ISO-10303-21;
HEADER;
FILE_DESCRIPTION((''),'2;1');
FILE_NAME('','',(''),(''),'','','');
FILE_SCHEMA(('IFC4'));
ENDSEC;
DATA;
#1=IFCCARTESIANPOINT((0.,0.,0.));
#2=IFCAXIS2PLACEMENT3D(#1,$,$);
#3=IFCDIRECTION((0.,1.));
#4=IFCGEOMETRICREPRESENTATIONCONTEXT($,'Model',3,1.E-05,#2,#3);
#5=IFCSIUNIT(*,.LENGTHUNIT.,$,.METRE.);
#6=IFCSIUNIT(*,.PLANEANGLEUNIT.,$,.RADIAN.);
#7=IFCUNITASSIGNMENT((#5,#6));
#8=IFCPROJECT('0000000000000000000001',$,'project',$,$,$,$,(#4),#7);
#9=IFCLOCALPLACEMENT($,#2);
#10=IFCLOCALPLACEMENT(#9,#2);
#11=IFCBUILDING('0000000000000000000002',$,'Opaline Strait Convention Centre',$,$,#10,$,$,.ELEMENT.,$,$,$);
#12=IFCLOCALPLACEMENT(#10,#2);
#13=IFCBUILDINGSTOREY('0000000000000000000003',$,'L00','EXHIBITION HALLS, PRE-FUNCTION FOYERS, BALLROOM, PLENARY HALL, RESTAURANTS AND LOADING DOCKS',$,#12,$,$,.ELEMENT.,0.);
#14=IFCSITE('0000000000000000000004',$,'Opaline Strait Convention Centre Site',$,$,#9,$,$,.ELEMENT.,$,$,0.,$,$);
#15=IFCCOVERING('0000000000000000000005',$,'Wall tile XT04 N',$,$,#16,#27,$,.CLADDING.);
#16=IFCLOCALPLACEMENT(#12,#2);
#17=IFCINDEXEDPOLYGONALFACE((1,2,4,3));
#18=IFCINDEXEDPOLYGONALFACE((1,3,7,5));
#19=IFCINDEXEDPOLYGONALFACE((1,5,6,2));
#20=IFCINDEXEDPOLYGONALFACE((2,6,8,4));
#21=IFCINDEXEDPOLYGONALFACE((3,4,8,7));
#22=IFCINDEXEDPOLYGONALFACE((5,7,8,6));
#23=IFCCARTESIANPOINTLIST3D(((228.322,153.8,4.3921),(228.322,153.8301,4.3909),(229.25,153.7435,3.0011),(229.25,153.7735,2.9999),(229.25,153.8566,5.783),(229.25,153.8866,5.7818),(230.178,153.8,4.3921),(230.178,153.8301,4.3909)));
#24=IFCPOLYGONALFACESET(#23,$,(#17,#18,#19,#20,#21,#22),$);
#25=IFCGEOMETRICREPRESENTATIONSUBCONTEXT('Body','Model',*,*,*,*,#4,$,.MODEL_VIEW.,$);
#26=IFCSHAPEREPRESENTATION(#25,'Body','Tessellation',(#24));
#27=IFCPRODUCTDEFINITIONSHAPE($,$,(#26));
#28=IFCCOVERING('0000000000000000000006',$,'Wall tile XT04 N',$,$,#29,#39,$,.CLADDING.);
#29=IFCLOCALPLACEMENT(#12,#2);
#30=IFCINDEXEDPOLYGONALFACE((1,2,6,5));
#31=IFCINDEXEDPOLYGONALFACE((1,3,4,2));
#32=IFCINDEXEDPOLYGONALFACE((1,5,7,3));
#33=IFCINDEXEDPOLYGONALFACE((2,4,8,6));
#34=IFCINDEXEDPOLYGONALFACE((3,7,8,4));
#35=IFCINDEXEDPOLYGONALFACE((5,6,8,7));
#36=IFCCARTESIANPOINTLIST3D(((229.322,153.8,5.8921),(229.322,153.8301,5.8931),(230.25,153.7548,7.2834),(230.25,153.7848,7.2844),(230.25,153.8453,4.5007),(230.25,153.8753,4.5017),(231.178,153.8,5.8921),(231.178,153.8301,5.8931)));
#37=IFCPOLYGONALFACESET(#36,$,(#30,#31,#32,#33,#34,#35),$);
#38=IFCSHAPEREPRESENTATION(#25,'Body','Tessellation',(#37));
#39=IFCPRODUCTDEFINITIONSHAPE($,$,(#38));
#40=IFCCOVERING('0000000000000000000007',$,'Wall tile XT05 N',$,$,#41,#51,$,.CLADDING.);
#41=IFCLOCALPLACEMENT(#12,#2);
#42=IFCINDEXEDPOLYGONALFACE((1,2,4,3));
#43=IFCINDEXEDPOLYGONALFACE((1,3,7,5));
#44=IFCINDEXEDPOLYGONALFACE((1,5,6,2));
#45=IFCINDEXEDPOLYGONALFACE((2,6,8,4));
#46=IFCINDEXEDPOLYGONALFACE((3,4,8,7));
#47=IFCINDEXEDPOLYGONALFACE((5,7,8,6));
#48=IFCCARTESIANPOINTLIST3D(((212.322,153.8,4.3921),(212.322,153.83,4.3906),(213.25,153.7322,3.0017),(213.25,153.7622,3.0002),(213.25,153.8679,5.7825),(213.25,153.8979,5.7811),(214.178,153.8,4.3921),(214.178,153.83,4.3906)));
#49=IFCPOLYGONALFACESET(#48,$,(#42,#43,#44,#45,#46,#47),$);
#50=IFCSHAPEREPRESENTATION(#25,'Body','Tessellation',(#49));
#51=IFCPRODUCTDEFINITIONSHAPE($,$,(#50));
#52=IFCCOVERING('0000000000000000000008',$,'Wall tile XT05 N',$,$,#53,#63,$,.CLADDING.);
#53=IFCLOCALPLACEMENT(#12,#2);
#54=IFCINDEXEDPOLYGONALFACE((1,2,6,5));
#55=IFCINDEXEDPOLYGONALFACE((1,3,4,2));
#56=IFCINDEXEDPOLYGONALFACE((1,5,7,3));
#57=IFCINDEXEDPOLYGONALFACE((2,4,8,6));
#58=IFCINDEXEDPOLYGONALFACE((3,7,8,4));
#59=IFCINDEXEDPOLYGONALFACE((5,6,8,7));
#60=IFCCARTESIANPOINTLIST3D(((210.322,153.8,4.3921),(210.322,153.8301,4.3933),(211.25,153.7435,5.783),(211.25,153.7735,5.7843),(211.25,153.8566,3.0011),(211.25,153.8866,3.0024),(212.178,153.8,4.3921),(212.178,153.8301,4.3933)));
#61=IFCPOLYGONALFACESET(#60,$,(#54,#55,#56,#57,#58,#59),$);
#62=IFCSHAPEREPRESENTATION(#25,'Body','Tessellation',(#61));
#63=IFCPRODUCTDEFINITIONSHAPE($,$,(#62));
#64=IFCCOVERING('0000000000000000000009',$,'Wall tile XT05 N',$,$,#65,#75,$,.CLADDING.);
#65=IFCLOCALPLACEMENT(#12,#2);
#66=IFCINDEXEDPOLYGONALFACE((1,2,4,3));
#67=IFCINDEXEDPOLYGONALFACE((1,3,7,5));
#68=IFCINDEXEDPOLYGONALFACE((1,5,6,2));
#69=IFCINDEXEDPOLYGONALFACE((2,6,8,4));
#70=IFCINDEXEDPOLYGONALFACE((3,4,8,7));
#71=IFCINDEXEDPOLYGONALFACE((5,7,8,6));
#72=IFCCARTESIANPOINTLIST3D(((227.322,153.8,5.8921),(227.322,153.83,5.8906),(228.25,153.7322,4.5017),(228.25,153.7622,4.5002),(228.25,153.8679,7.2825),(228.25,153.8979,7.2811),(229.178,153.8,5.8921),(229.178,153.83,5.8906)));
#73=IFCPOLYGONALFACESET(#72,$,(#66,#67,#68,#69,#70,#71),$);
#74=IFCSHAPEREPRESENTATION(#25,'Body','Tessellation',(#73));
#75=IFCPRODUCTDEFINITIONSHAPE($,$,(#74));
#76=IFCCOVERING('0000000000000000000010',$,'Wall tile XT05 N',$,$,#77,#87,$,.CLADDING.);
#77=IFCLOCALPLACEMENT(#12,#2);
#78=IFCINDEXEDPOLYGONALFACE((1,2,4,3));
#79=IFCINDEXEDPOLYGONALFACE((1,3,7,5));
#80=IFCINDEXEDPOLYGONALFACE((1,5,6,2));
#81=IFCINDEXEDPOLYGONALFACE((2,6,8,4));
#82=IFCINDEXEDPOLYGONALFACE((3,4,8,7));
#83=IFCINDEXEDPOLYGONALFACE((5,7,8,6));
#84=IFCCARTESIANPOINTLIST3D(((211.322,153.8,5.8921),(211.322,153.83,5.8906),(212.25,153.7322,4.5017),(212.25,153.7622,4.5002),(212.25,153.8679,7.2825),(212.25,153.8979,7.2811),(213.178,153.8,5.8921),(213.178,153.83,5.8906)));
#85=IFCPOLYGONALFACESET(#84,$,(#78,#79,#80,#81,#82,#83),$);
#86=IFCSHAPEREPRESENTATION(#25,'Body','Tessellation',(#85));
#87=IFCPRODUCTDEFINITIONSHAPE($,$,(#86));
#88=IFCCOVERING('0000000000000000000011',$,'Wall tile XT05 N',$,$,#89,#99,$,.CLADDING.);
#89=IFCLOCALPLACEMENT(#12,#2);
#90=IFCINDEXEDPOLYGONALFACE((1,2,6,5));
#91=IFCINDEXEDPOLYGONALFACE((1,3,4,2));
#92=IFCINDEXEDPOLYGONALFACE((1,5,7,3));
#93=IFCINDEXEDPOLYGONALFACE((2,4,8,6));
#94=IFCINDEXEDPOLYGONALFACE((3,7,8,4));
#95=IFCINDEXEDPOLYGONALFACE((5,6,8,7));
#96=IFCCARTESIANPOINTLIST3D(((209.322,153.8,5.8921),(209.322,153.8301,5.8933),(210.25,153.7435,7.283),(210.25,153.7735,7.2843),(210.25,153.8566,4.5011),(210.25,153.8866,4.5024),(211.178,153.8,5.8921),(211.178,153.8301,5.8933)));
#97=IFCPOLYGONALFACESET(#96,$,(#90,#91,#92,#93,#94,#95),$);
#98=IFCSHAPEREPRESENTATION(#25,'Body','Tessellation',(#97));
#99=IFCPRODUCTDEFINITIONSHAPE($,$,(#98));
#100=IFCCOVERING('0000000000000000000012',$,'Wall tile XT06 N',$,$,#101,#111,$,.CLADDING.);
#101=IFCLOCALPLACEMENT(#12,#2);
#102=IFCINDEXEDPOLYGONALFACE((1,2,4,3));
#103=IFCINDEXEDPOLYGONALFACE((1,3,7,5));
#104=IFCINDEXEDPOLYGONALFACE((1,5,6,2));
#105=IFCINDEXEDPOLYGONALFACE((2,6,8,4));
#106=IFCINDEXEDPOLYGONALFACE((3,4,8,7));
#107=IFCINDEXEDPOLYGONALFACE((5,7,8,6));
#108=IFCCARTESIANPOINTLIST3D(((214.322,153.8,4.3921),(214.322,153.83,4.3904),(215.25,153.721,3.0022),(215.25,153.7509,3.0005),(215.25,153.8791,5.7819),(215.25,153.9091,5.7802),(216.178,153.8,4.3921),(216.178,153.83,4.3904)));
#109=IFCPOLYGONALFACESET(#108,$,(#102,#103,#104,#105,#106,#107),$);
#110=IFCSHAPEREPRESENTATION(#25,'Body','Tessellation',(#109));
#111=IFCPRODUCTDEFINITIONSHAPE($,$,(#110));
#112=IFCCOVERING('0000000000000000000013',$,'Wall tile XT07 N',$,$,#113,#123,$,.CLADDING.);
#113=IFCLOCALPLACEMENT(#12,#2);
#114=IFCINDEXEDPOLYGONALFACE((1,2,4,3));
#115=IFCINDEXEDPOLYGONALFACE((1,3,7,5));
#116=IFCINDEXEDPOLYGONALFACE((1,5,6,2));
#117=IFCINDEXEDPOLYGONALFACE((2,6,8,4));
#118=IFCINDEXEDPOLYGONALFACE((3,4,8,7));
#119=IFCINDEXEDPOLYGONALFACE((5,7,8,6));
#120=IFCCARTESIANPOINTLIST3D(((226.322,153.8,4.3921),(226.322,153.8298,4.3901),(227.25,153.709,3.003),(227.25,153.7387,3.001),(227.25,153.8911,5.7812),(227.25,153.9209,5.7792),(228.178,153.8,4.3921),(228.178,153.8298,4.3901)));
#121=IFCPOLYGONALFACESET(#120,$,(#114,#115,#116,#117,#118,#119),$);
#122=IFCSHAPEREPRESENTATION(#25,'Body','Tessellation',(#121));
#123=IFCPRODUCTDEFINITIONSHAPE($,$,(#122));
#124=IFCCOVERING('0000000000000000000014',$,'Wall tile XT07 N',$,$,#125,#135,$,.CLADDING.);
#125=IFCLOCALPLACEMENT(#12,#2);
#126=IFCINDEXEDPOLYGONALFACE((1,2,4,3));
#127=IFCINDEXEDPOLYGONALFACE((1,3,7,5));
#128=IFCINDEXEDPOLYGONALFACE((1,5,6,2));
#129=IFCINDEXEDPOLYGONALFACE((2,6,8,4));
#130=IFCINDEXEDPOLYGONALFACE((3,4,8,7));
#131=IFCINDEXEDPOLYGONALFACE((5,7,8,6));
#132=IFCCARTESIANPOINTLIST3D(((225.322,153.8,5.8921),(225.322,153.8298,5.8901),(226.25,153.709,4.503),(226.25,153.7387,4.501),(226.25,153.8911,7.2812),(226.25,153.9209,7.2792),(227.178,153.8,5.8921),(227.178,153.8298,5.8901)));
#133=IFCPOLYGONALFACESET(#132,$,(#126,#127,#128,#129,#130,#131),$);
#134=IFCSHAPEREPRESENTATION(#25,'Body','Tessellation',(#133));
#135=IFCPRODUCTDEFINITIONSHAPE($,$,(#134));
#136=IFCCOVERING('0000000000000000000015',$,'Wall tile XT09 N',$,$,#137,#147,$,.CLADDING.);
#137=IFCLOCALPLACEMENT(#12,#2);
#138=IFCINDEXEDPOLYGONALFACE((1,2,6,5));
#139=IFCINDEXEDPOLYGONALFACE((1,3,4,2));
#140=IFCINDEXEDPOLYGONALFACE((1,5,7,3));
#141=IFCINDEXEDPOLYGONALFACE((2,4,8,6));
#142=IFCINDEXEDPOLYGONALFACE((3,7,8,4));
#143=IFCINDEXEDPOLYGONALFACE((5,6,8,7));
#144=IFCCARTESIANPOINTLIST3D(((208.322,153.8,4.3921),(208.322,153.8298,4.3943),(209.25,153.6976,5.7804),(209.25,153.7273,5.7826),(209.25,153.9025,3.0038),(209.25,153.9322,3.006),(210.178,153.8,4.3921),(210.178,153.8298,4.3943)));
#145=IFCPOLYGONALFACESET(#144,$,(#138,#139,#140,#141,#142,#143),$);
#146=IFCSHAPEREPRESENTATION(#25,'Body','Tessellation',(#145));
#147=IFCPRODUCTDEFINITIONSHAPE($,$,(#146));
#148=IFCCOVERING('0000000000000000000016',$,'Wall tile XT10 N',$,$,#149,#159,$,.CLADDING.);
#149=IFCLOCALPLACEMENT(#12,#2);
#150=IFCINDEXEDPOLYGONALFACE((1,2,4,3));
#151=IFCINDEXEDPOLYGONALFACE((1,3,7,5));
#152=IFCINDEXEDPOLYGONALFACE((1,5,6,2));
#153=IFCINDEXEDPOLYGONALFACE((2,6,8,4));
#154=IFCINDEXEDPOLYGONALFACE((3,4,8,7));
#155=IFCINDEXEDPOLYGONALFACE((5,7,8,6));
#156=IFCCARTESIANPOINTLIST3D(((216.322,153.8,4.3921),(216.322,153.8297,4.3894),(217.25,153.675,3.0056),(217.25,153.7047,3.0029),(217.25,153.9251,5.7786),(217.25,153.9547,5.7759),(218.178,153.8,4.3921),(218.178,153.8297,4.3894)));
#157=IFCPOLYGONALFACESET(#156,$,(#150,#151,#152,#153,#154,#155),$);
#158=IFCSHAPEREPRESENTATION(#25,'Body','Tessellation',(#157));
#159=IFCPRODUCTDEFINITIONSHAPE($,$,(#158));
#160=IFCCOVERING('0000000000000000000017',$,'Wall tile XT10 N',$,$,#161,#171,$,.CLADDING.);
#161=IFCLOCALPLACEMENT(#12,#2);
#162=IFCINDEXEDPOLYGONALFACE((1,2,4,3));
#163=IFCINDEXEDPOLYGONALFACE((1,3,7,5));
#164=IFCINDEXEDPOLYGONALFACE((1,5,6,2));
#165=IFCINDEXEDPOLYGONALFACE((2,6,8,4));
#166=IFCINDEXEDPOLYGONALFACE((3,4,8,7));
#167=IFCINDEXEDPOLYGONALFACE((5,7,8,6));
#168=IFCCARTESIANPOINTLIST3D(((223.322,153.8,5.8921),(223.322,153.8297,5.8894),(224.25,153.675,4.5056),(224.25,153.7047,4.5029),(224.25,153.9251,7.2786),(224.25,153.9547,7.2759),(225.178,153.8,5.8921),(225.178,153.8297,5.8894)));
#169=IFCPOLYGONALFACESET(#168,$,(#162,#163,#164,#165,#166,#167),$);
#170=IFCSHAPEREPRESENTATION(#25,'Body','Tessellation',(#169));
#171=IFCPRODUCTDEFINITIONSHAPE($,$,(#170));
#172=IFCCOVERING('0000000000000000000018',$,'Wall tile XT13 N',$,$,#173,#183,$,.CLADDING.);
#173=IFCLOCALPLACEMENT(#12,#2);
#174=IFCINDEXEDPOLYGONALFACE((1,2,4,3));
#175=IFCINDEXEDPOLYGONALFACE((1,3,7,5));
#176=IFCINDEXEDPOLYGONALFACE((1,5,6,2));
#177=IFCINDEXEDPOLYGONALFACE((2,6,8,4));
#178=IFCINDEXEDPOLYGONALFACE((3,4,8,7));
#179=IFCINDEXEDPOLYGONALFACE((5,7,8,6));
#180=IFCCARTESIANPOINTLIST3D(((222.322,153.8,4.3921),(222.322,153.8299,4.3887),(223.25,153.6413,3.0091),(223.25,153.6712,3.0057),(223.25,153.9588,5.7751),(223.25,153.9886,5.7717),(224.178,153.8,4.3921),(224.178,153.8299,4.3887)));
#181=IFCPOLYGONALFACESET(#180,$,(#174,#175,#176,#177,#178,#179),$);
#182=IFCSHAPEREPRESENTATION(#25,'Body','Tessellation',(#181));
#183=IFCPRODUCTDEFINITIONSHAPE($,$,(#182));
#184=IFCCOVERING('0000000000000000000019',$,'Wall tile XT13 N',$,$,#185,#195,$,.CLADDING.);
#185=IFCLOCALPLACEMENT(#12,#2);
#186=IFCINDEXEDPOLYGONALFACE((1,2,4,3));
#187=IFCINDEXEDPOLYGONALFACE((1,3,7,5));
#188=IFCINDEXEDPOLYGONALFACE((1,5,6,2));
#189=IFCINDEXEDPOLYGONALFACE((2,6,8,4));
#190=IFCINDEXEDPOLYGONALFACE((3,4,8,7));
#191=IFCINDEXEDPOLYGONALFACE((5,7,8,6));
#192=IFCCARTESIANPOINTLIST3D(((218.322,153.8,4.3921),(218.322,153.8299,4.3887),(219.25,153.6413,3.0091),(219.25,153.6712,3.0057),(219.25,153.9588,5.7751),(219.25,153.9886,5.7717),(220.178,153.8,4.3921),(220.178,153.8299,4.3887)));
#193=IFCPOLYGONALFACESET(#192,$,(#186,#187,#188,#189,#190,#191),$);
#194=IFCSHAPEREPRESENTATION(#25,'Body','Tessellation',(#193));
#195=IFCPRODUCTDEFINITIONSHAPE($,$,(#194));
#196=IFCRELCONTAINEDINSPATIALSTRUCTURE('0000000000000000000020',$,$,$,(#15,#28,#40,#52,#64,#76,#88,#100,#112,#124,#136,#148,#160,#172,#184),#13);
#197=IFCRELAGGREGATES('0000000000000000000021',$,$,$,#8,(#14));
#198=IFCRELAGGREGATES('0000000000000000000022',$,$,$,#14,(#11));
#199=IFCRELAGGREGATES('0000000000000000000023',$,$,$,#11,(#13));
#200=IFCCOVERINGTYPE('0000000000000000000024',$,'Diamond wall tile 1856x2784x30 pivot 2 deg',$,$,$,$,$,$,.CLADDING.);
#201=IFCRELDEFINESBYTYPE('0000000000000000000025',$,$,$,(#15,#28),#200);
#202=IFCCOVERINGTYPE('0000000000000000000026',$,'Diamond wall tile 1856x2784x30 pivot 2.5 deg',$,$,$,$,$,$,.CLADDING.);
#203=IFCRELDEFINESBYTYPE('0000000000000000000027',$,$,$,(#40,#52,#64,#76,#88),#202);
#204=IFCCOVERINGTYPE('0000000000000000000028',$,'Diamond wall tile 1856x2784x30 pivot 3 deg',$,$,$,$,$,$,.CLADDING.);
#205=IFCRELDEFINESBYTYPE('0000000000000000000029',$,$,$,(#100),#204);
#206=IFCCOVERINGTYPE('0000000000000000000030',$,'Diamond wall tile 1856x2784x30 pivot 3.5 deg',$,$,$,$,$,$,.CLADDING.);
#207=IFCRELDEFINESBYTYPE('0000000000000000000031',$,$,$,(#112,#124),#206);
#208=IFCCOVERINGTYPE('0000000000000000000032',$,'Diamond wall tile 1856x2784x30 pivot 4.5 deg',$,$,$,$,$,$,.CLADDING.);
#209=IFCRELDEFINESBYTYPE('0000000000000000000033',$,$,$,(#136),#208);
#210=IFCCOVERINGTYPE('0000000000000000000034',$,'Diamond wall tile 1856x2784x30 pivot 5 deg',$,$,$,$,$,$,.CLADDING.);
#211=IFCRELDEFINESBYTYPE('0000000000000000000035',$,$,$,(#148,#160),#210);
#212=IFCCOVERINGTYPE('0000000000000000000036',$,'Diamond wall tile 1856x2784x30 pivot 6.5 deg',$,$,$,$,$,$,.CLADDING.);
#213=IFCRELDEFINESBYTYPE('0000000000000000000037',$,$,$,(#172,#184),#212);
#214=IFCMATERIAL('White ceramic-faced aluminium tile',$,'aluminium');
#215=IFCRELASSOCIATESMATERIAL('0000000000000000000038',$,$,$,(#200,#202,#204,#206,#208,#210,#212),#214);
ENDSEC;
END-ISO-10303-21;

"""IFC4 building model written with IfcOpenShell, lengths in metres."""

from ifc_helpers import new_model, si_unit, direction, frame, origin, place, context, subcontext, project, spatial, polyline, outline, extrude, material, material_profile, profile_set, type_object, element, save


model = new_model("IFC4")

# Units and contexts
model_context = context("Model", 3, precision=1e-05, world=origin(), true_north=direction((0.0, 1.0)))
body_context = subcontext(model_context, "Body", "Model", "MODEL_VIEW")
ifc_project = project(units=[si_unit("LENGTHUNIT", "METRE"), si_unit("PLANEANGLEUNIT", "RADIAN")], contexts=[model_context])

# Site, building, storey
site_placement = place(None, origin())
site = spatial("IfcSite", under=ifc_project, at=site_placement, Name="Opaline Strait Convention Centre Site", CompositionType="ELEMENT", RefElevation=0.0)
building_placement = place(site_placement, origin())
building = spatial("IfcBuilding", under=site, at=building_placement, Name="Opaline Strait Convention Centre", CompositionType="ELEMENT")
storey_placement = place(building_placement, origin())
storey = spatial("IfcBuildingStorey", under=building, at=storey_placement, Name="L00", Description="EXHIBITION HALLS, PRE-FUNCTION FOYERS, BALLROOM, PLENARY HALL, RESTAURANTS AND LOADING DOCKS", CompositionType="ELEMENT", Elevation=0.0)

# Coverings
ifc_material_1 = material(Name="White ceramic-faced aluminium tile", Category="aluminium")
ifc_material_profile_1 = material_profile(ifc_material_1, outline(polyline([(0.928, 0.0), (0.0, 1.3921), (-0.928, 0.0), (0.0, -1.3921), (0.928, 0.0)])), Name="Diamond tile 1856x2784")
ifc_profile_set_1 = profile_set([ifc_material_profile_1], Name="White ceramic-faced aluminium tile")
covering_type_1 = type_object("IfcCoveringType", Name="Diamond wall tile 1856x2784x30 pivot 2 deg", PredefinedType="CLADDING", material=ifc_profile_set_1)
for number, where, z_axis, x_axis, name in (
    (1, (229.25, 153.8, 4.3921), (0.0, 0.999175, -0.040617), (-1.0, 0.0, 0.0), "Wall tile XT04 N"),
    (2, (230.25, 153.8, 5.8921), (0.0, 0.999472, 0.032503), (-1.0, 0.0, 0.0), "Wall tile XT04 N"),
):
    element("IfcCovering", number, at=place(storey_placement, frame(where, z_axis=z_axis, x_axis=x_axis)), inside=storey, type_object=covering_type_1, Name=name, PredefinedType="CLADDING", context=body_context, shape_type="SweptSolid", body=[
        extrude(outline(polyline([(0.928, 0.0), (0.0, 1.3921), (-0.928, 0.0), (0.0, -1.3921), (0.928, 0.0)])), origin(), (0.0, 0.0, 1.0), 0.03),
    ])
ifc_material_profile_2 = material_profile(ifc_material_1, outline(polyline([(0.928, 0.0), (0.0, 1.3921), (-0.928, 0.0), (0.0, -1.3921), (0.928, 0.0)])), Name="Diamond tile 1856x2784")
ifc_profile_set_2 = profile_set([ifc_material_profile_2], Name="White ceramic-faced aluminium tile")
covering_type_2 = type_object("IfcCoveringType", Name="Diamond wall tile 1856x2784x30 pivot 2.5 deg", PredefinedType="CLADDING", material=ifc_profile_set_2)
for number, where, z_axis, x_axis, name in (
    (3, (213.25, 153.8, 4.3921), (0.0, 0.998812, -0.048723), (-1.0, 0.0, 0.0), "Wall tile XT05 N"),
    (4, (211.25, 153.8, 4.3921), (0.0, 0.999175, 0.040617), (-1.0, 0.0, 0.0), "Wall tile XT05 N"),
    (5, (228.25, 153.8, 5.8921), (0.0, 0.998812, -0.048723), (-1.0, 0.0, 0.0), "Wall tile XT05 N"),
    (6, (212.25, 153.8, 5.8921), (0.0, 0.998812, -0.048723), (-1.0, 0.0, 0.0), "Wall tile XT05 N"),
    (7, (210.25, 153.8, 5.8921), (0.0, 0.999175, 0.040617), (-1.0, 0.0, 0.0), "Wall tile XT05 N"),
):
    element("IfcCovering", number, at=place(storey_placement, frame(where, z_axis=z_axis, x_axis=x_axis)), inside=storey, type_object=covering_type_2, Name=name, PredefinedType="CLADDING", context=body_context, shape_type="SweptSolid", body=[
        extrude(outline(polyline([(0.928, 0.0), (0.0, 1.3921), (-0.928, 0.0), (0.0, -1.3921), (0.928, 0.0)])), origin(), (0.0, 0.0, 1.0), 0.03),
    ])
ifc_material_profile_3 = material_profile(ifc_material_1, outline(polyline([(0.928, 0.0), (0.0, 1.3921), (-0.928, 0.0), (0.0, -1.3921), (0.928, 0.0)])), Name="Diamond tile 1856x2784")
ifc_profile_set_3 = profile_set([ifc_material_profile_3], Name="White ceramic-faced aluminium tile")
covering_type_3 = type_object("IfcCoveringType", Name="Diamond wall tile 1856x2784x30 pivot 3 deg", PredefinedType="CLADDING", material=ifc_profile_set_3)
covering_1_placement = place(storey_placement, frame((215.25, 153.8, 4.3921), z_axis=(0.0, 0.998385, -0.056819), x_axis=(-1.0, 0.0, 0.0)))
element("IfcCovering", 8, at=covering_1_placement, inside=storey, type_object=covering_type_3, Name="Wall tile XT06 N", PredefinedType="CLADDING", context=body_context, shape_type="SweptSolid", body=[
    extrude(outline(polyline([(0.928, 0.0), (0.0, 1.3921), (-0.928, 0.0), (0.0, -1.3921), (0.928, 0.0)])), origin(), (0.0, 0.0, 1.0), 0.03),
])
ifc_material_profile_4 = material_profile(ifc_material_1, outline(polyline([(0.928, 0.0), (0.0, 1.3921), (-0.928, 0.0), (0.0, -1.3921), (0.928, 0.0)])), Name="Diamond tile 1856x2784")
ifc_profile_set_4 = profile_set([ifc_material_profile_4], Name="White ceramic-faced aluminium tile")
covering_type_4 = type_object("IfcCoveringType", Name="Diamond wall tile 1856x2784x30 pivot 3.5 deg", PredefinedType="CLADDING", material=ifc_profile_set_4)
for number, where, z_axis, x_axis, name in (
    (9, (227.25, 153.8, 4.3921), (0.0, 0.997857, -0.065433), (-1.0, 0.0, 0.0), "Wall tile XT07 N"),
    (10, (226.25, 153.8, 5.8921), (0.0, 0.997857, -0.065433), (-1.0, 0.0, 0.0), "Wall tile XT07 N"),
):
    element("IfcCovering", number, at=place(storey_placement, frame(where, z_axis=z_axis, x_axis=x_axis)), inside=storey, type_object=covering_type_4, Name=name, PredefinedType="CLADDING", context=body_context, shape_type="SweptSolid", body=[
        extrude(outline(polyline([(0.928, 0.0), (0.0, 1.3921), (-0.928, 0.0), (0.0, -1.3921), (0.928, 0.0)])), origin(), (0.0, 0.0, 1.0), 0.0298),
    ])
ifc_material_profile_5 = material_profile(ifc_material_1, outline(polyline([(0.928, 0.0), (0.0, 1.3921), (-0.928, 0.0), (0.0, -1.3921), (0.928, 0.0)])), Name="Diamond tile 1856x2784")
ifc_profile_set_5 = profile_set([ifc_material_profile_5], Name="White ceramic-faced aluminium tile")
covering_type_5 = type_object("IfcCoveringType", Name="Diamond wall tile 1856x2784x30 pivot 4.5 deg", PredefinedType="CLADDING", material=ifc_profile_set_5)
covering_2_placement = place(storey_placement, frame((209.25, 153.8, 4.3921), z_axis=(0.0, 0.99729, 0.073571), x_axis=(-1.0, 0.0, 0.0)))
element("IfcCovering", 11, at=covering_2_placement, inside=storey, type_object=covering_type_5, Name="Wall tile XT09 N", PredefinedType="CLADDING", context=body_context, shape_type="SweptSolid", body=[
    extrude(outline(polyline([(0.928, 0.0), (0.0, 1.3921), (-0.928, 0.0), (0.0, -1.3921), (0.928, 0.0)])), origin(), (0.0, 0.0, 1.0), 0.0298),
])
ifc_material_profile_6 = material_profile(ifc_material_1, outline(polyline([(0.928, 0.0), (0.0, 1.3921), (-0.928, 0.0), (0.0, -1.3921), (0.928, 0.0)])), Name="Diamond tile 1856x2784")
ifc_profile_set_6 = profile_set([ifc_material_profile_6], Name="White ceramic-faced aluminium tile")
covering_type_6 = type_object("IfcCoveringType", Name="Diamond wall tile 1856x2784x30 pivot 5 deg", PredefinedType="CLADDING", material=ifc_profile_set_6)
for number, where, z_axis, x_axis, name in (
    (12, (217.25, 153.8, 4.3921), (0.0, 0.99596, -0.0898), (-1.0, 0.0, 0.0), "Wall tile XT10 N"),
    (13, (224.25, 153.8, 5.8921), (0.0, 0.99596, -0.0898), (-1.0, 0.0, 0.0), "Wall tile XT10 N"),
):
    element("IfcCovering", number, at=place(storey_placement, frame(where, z_axis=z_axis, x_axis=x_axis)), inside=storey, type_object=covering_type_6, Name=name, PredefinedType="CLADDING", context=body_context, shape_type="SweptSolid", body=[
        extrude(outline(polyline([(0.928, 0.0), (0.0, 1.3921), (-0.928, 0.0), (0.0, -1.3921), (0.928, 0.0)])), origin(), (0.0, 0.0, 1.0), 0.0298),
    ])
ifc_material_profile_7 = material_profile(ifc_material_1, outline(polyline([(0.928, 0.0), (0.0, 1.3921), (-0.928, 0.0), (0.0, -1.3921), (0.928, 0.0)])), Name="Diamond tile 1856x2784")
ifc_profile_set_7 = profile_set([ifc_material_profile_7], Name="White ceramic-faced aluminium tile")
covering_type_7 = type_object("IfcCoveringType", Name="Diamond wall tile 1856x2784x30 pivot 6.5 deg", PredefinedType="CLADDING", material=ifc_profile_set_7)
for number, where, z_axis, x_axis, name in (
    (14, (223.25, 153.8, 4.3921), (0.0, 0.99348, -0.114006), (-1.0, 0.0, 0.0), "Wall tile XT13 N"),
    (15, (219.25, 153.8, 4.3921), (0.0, 0.99348, -0.114006), (-1.0, 0.0, 0.0), "Wall tile XT13 N"),
):
    element("IfcCovering", number, at=place(storey_placement, frame(where, z_axis=z_axis, x_axis=x_axis)), inside=storey, type_object=covering_type_7, Name=name, PredefinedType="CLADDING", context=body_context, shape_type="SweptSolid", body=[
        extrude(outline(polyline([(0.928, 0.0), (0.0, 1.3921), (-0.928, 0.0), (0.0, -1.3921), (0.928, 0.0)])), origin(), (0.0, 0.0, 1.0), 0.03),
    ])

save(model, "model.ifc")
